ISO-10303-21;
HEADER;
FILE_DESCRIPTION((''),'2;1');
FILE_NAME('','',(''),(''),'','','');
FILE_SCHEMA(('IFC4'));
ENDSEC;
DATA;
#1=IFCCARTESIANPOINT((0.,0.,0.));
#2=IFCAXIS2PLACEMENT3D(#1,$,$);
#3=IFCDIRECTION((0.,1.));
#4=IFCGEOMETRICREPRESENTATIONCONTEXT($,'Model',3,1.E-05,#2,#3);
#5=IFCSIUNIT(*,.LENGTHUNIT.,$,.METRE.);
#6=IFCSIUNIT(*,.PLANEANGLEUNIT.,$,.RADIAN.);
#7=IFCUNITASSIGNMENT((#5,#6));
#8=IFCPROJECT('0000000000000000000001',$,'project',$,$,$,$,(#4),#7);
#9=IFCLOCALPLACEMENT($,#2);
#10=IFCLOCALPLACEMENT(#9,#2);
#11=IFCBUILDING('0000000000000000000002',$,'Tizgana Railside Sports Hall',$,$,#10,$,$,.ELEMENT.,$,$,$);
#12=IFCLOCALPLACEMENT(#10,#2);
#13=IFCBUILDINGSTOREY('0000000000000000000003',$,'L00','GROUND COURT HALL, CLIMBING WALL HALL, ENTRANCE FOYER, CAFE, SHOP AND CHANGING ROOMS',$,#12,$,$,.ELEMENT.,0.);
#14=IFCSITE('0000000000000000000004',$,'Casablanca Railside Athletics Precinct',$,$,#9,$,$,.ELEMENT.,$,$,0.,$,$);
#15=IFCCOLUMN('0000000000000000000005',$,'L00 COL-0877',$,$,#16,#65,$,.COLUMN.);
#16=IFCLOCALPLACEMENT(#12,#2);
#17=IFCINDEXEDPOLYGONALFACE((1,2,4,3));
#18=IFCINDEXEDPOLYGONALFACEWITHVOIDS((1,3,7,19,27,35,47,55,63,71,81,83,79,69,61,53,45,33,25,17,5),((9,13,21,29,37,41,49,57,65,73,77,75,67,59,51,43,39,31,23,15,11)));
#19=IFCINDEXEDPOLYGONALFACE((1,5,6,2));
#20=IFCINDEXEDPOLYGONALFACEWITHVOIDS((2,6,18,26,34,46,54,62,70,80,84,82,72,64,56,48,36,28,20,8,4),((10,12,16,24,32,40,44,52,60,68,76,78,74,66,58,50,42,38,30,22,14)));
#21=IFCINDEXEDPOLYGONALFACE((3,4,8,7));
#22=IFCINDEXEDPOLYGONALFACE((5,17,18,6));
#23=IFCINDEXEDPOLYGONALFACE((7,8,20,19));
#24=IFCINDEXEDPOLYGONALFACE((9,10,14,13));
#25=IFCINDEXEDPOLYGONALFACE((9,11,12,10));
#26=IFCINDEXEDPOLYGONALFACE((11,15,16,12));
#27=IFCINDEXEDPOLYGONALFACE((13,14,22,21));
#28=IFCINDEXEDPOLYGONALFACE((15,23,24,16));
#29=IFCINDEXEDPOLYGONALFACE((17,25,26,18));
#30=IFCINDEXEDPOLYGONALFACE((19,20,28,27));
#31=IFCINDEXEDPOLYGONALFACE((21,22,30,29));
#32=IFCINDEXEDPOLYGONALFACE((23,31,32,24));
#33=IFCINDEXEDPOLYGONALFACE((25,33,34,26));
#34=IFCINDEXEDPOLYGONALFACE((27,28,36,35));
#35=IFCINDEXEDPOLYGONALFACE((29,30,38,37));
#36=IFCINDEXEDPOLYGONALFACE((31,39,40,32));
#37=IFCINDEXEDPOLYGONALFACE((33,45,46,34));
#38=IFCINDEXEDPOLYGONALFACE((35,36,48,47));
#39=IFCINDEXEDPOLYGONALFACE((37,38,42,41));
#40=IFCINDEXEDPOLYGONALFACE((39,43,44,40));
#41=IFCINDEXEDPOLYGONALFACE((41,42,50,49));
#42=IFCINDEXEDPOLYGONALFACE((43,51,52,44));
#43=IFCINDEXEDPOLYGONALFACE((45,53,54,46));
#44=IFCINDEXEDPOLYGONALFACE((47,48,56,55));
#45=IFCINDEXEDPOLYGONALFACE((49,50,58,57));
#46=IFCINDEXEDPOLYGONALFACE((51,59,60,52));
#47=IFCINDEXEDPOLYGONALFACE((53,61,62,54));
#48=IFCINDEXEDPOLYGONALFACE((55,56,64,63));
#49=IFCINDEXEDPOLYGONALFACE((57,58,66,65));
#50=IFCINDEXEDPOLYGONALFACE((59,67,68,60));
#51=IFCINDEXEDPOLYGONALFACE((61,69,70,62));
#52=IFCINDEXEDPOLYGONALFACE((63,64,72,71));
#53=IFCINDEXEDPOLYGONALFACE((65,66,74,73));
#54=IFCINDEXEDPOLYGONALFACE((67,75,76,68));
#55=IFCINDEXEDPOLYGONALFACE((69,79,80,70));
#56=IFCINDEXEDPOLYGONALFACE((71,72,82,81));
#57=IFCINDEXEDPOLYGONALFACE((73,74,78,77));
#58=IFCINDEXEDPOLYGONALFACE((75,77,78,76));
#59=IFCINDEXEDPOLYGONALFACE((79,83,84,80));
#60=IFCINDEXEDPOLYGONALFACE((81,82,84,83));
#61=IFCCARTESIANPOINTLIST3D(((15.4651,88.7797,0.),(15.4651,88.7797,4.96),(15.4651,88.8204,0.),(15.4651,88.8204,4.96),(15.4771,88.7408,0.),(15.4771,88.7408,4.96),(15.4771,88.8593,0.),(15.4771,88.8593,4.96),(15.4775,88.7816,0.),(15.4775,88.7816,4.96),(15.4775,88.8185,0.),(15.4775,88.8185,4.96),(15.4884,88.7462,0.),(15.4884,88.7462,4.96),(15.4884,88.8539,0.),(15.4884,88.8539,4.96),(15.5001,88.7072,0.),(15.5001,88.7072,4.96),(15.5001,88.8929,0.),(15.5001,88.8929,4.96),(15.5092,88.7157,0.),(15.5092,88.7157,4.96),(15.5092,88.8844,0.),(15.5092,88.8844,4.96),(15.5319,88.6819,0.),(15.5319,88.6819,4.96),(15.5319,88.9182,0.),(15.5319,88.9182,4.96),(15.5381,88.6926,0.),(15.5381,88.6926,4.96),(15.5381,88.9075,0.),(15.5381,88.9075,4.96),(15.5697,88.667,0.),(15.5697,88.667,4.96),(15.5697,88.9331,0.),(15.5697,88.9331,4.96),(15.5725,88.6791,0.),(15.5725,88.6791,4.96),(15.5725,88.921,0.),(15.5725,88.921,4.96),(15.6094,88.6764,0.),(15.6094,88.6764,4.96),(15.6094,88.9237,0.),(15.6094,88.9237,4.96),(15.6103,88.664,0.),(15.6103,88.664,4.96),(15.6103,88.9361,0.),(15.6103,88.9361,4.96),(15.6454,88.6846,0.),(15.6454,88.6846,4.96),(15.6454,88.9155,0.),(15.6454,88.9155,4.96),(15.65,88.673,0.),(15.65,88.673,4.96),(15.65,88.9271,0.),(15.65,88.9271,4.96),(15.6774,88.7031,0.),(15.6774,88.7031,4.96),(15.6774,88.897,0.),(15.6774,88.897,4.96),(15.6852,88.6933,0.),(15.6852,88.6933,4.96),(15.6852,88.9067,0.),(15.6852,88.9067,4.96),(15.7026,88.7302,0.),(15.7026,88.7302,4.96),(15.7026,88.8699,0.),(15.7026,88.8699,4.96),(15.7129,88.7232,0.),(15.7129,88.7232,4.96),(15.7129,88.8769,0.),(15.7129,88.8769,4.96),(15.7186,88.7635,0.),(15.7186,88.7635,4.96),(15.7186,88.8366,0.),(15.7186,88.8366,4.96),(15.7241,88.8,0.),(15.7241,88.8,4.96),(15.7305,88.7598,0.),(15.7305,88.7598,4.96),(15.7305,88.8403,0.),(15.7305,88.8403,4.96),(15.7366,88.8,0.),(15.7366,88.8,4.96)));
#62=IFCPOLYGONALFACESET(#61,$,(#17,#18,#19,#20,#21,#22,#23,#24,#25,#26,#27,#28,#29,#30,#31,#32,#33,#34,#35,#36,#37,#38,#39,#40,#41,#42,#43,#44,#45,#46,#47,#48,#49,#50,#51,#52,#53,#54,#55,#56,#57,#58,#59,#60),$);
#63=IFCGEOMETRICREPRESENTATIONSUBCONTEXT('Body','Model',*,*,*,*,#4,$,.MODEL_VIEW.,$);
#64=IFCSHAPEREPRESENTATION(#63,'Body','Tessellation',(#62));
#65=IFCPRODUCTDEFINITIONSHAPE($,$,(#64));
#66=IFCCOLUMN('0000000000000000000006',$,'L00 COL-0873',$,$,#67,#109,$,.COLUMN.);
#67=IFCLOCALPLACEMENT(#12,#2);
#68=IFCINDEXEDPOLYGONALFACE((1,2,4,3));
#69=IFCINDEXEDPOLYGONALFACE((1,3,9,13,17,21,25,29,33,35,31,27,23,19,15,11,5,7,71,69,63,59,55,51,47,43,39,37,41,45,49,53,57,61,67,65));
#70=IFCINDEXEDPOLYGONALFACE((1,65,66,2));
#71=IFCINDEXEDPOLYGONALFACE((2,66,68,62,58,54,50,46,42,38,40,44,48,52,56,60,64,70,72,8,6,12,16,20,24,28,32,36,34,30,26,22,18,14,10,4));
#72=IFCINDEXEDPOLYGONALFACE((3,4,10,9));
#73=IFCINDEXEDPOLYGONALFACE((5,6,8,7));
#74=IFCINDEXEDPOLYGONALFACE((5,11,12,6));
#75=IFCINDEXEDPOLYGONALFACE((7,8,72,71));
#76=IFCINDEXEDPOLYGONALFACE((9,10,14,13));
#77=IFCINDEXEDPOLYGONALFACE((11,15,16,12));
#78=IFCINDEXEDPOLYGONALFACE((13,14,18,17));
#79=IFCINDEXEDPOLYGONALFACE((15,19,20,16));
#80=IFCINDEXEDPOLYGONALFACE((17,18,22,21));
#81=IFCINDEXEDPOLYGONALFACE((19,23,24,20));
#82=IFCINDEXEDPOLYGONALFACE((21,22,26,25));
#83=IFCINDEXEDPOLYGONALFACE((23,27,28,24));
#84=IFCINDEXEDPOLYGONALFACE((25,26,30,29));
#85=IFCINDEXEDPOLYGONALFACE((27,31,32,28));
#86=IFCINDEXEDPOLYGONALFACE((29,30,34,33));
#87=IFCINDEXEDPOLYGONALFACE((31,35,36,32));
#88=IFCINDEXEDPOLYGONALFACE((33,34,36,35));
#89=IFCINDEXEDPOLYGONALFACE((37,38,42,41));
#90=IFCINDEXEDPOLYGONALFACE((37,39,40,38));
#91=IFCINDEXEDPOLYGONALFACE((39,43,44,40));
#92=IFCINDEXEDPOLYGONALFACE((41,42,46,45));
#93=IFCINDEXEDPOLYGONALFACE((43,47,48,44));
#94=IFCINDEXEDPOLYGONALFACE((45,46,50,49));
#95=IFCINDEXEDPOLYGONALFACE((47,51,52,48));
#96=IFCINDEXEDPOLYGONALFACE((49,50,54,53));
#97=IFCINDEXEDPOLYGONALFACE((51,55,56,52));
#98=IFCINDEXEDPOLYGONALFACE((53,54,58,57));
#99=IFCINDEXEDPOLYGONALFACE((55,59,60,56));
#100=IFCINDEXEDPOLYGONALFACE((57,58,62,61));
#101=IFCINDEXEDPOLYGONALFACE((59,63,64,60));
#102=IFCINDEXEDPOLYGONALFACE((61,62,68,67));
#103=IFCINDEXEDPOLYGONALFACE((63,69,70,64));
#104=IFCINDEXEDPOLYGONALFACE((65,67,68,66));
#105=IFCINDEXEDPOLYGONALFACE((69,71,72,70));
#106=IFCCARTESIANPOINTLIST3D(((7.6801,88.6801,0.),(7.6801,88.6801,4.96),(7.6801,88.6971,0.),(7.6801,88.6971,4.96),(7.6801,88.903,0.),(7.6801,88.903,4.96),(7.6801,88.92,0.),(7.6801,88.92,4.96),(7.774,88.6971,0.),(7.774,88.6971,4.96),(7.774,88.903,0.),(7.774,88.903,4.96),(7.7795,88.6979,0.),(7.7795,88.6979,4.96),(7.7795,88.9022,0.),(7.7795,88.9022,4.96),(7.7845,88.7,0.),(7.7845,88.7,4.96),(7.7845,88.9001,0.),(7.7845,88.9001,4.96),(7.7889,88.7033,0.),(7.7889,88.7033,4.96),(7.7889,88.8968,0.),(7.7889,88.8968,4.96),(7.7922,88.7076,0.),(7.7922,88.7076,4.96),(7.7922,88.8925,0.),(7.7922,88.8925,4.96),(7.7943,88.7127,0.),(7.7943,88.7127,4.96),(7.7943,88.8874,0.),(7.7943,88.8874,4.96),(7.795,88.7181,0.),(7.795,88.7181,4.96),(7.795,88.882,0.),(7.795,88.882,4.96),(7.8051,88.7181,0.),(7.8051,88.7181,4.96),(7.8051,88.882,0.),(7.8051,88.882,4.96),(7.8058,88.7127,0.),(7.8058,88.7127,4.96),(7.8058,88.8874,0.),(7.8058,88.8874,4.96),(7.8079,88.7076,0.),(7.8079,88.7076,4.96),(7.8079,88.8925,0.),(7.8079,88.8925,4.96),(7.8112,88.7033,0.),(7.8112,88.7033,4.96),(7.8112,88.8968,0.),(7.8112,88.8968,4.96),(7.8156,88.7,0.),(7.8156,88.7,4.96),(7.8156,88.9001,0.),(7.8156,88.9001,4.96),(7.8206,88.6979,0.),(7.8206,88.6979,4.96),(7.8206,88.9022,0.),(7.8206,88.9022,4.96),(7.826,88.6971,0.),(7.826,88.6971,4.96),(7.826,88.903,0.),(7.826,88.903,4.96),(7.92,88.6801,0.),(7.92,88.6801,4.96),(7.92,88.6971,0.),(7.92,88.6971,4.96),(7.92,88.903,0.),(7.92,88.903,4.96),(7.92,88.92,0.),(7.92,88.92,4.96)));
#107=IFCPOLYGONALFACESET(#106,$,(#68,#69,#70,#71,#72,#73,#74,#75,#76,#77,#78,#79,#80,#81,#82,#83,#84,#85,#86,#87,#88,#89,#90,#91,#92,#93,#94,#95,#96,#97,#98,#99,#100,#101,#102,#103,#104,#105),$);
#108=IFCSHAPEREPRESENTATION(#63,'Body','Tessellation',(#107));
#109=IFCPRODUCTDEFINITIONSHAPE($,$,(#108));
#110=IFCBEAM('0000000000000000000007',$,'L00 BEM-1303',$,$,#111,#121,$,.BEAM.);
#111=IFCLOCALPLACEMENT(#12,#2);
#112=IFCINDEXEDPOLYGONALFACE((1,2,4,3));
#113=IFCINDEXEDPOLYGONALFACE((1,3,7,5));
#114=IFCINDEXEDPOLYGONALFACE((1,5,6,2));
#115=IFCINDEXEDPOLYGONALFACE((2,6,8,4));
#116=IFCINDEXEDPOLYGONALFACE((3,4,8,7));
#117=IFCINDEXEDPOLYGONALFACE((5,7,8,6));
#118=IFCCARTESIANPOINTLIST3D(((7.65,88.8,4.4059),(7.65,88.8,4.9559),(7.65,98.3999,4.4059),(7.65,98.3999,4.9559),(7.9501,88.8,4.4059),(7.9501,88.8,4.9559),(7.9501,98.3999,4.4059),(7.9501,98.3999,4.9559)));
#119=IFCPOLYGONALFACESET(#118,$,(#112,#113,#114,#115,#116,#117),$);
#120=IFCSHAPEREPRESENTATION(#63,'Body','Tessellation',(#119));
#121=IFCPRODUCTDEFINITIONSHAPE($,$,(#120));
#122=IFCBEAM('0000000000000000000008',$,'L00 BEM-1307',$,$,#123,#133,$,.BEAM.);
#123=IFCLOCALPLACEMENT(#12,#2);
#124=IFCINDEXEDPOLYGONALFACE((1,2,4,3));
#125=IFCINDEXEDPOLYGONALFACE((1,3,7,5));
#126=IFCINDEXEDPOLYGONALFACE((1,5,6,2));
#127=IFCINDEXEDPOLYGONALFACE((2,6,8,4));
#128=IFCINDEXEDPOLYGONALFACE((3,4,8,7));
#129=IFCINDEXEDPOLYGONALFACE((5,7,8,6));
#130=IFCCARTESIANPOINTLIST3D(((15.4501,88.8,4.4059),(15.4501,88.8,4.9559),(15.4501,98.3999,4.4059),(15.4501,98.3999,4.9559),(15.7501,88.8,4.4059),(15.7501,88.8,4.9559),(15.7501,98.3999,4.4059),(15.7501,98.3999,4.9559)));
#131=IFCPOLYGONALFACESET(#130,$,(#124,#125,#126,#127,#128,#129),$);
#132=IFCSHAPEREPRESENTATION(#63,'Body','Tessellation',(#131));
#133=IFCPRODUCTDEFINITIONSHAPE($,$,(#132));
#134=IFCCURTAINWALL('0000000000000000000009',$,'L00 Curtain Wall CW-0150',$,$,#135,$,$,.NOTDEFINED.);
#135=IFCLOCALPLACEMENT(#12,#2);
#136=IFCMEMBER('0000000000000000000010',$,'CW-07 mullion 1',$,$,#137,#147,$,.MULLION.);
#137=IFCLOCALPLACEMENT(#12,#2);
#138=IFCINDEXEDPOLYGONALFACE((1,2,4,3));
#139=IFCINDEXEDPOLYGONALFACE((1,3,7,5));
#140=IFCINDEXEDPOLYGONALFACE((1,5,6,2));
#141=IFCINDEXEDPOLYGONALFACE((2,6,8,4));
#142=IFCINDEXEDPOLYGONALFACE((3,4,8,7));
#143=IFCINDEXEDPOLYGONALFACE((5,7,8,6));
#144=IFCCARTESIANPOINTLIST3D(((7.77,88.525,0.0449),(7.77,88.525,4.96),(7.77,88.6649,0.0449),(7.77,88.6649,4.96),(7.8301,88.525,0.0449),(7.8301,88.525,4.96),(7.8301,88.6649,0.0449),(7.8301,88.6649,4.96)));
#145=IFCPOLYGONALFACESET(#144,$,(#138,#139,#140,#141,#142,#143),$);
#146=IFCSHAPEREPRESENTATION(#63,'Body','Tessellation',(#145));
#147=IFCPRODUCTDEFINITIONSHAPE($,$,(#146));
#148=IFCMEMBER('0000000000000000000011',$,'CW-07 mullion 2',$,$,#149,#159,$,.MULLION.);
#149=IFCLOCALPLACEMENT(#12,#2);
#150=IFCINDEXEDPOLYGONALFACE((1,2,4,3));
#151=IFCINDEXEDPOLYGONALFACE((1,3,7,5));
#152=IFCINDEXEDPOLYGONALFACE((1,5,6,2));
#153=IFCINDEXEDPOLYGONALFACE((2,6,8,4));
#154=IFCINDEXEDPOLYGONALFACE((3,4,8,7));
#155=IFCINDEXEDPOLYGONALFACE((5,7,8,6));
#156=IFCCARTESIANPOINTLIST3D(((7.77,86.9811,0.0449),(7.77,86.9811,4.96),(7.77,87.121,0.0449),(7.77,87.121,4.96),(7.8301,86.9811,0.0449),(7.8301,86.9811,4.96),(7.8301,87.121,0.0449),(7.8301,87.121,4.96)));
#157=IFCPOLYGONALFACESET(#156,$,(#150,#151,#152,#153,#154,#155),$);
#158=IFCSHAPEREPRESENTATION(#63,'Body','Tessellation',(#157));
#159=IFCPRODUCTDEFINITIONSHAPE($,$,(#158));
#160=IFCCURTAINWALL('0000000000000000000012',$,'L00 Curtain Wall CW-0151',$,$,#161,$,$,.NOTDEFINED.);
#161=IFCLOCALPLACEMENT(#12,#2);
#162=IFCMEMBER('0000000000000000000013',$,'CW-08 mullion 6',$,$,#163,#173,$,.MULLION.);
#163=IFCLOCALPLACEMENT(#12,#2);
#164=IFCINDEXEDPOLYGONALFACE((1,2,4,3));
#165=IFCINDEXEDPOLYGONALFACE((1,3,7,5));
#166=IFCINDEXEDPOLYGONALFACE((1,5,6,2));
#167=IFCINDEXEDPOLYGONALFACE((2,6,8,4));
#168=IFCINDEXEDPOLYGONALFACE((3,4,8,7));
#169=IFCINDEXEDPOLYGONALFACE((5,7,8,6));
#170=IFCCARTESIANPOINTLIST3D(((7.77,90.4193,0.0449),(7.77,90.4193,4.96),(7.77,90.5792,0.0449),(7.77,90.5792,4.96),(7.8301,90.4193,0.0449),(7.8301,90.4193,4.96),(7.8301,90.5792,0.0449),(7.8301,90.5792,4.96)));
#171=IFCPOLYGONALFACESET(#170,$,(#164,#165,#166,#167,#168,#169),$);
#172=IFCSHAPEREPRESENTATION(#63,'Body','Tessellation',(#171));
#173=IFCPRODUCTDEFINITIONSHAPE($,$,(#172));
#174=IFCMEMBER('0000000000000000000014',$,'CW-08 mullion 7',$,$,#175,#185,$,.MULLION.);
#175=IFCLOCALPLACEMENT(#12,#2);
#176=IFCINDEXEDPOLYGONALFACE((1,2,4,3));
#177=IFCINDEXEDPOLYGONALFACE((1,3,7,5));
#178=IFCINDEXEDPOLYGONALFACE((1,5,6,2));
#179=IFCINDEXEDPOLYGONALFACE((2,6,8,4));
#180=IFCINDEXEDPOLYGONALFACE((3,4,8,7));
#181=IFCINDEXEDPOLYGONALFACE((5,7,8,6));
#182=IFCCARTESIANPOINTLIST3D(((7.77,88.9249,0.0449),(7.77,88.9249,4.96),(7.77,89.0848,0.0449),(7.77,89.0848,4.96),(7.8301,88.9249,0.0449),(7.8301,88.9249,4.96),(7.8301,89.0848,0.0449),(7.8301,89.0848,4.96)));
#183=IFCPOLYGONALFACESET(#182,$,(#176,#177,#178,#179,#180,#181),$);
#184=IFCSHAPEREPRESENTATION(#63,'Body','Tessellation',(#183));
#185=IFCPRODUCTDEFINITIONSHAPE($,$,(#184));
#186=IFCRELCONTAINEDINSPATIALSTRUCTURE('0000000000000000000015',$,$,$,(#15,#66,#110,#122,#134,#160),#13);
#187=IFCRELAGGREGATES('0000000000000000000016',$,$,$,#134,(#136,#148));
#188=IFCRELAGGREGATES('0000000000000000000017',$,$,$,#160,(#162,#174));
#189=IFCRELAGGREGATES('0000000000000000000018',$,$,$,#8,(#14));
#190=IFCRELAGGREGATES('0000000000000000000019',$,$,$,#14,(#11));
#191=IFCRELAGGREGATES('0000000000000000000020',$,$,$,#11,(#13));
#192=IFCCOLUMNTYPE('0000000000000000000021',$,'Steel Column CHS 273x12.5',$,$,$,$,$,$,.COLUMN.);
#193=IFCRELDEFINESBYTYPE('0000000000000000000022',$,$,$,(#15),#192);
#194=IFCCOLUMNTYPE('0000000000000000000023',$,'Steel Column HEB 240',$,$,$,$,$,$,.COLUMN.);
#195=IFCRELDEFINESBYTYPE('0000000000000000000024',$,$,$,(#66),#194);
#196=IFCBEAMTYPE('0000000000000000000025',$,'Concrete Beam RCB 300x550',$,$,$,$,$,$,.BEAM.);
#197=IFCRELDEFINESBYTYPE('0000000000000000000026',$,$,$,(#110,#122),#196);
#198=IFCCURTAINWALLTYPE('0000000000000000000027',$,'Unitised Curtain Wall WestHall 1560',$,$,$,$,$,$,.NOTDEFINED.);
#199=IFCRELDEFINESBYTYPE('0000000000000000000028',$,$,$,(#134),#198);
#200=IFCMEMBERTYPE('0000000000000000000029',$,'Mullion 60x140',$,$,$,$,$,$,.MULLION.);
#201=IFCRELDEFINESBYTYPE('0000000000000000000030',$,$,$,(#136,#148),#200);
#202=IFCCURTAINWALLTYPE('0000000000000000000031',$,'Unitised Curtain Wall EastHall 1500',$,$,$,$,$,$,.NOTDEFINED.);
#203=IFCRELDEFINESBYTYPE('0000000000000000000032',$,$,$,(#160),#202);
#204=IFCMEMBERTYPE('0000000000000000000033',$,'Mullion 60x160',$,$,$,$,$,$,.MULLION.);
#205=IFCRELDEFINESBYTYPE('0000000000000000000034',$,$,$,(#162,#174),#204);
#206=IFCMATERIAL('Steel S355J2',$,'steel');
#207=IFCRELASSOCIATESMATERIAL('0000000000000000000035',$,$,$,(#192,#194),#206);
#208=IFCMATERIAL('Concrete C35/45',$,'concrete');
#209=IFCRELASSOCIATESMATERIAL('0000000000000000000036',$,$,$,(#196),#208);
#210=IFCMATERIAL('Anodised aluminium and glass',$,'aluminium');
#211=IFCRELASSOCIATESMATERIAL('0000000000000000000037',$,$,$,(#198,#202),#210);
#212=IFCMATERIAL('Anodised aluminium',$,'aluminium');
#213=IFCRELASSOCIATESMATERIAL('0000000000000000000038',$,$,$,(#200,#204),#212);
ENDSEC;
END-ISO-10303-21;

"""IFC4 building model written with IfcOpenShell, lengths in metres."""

from ifc_helpers import new_model, si_unit, direction, frame, origin, origin_2d, place, context, subcontext, project, spatial, rectangle, hollow_circle, i_section, extrude, material, material_profile, profile_set, type_object, element, aggregate, save


model = new_model("IFC4")

# Units and contexts
model_context = context("Model", 3, precision=1e-05, world=origin(), true_north=direction((0.0, 1.0)))
body_context = subcontext(model_context, "Body", "Model", "MODEL_VIEW")
ifc_project = project(units=[si_unit("LENGTHUNIT", "METRE"), si_unit("PLANEANGLEUNIT", "RADIAN")], contexts=[model_context])

# Site, building, storey
site_placement = place(None, origin())
site = spatial("IfcSite", under=ifc_project, at=site_placement, Name="Casablanca Railside Athletics Precinct", CompositionType="ELEMENT", RefElevation=0.0)
building_placement = place(site_placement, origin())
building = spatial("IfcBuilding", under=site, at=building_placement, Name="Tizgana Railside Sports Hall", CompositionType="ELEMENT")
storey_placement = place(building_placement, origin())
storey = spatial("IfcBuildingStorey", under=building, at=storey_placement, Name="L00", Description="GROUND COURT HALL, CLIMBING WALL HALL, ENTRANCE FOYER, CAFE, SHOP AND CHANGING ROOMS", CompositionType="ELEMENT", Elevation=0.0)

# Columns
ifc_material_1 = material(Name="Steel S355J2", Category="steel")
ifc_material_profile_1 = material_profile(ifc_material_1, hollow_circle(Radius=0.1365, WallThickness=0.0125, at=origin_2d()), Name="CHS 273x12.5")
ifc_profile_set_1 = profile_set([ifc_material_profile_1], Name="Steel S355J2")
column_type_1 = type_object("IfcColumnType", Name="Steel Column CHS 273x12.5", PredefinedType="COLUMN", material=ifc_profile_set_1)
column_1_placement = place(storey_placement, frame((15.6001, 88.8, 0.0), z_axis=(0.0, 0.0, 1.0), x_axis=(1.0, 0.0, 0.0)))
element("IfcColumn", 1, at=column_1_placement, inside=storey, type_object=column_type_1, Name="L00 COL-0877", PredefinedType="COLUMN", context=body_context, shape_type="SweptSolid", body=[
    extrude(hollow_circle(Radius=0.1365, WallThickness=0.0125, at=origin_2d()), origin(), (0.0, 0.0, 1.0), 4.96),
])
ifc_material_profile_2 = material_profile(ifc_material_1, i_section(OverallWidth=0.24, OverallDepth=0.24, WebThickness=0.01, FlangeThickness=0.0171, FilletRadius=0.021, at=origin_2d()), Name="HEB 240")
ifc_profile_set_2 = profile_set([ifc_material_profile_2], Name="Steel S355J2")
column_type_2 = type_object("IfcColumnType", Name="Steel Column HEB 240", PredefinedType="COLUMN", material=ifc_profile_set_2)
column_2_placement = place(storey_placement, frame((7.8, 88.8, 0.0), z_axis=(0.0, 0.0, 1.0), x_axis=(1.0, 0.0, 0.0)))
element("IfcColumn", 2, at=column_2_placement, inside=storey, type_object=column_type_2, Name="L00 COL-0873", PredefinedType="COLUMN", context=body_context, shape_type="SweptSolid", body=[
    extrude(i_section(OverallWidth=0.24, OverallDepth=0.24, WebThickness=0.01, FlangeThickness=0.0171, FilletRadius=0.021, at=origin_2d()), origin(), (0.0, 0.0, 1.0), 4.96),
])

# Beams
ifc_material_2 = material(Name="Concrete C35/45", Category="concrete")
ifc_material_profile_3 = material_profile(ifc_material_2, rectangle(XDim=0.3, YDim=0.55, at=origin_2d()), Name="RCB 300x550")
ifc_profile_set_3 = profile_set([ifc_material_profile_3], Name="Concrete C35/45")
beam_type_1 = type_object("IfcBeamType", Name="Concrete Beam RCB 300x550", PredefinedType="BEAM", material=ifc_profile_set_3)
for number, where, z_axis, x_axis, name in (
    (3, (7.8, 88.8, 4.6809), (0.0, 1.0, 0.0), (-1.0, 0.0, 0.0), "L00 BEM-1303"),
    (4, (15.6001, 88.8, 4.6809), (0.0, 1.0, 0.0), (-1.0, 0.0, 0.0), "L00 BEM-1307"),
):
    element("IfcBeam", number, at=place(storey_placement, frame(where, z_axis=z_axis, x_axis=x_axis)), inside=storey, type_object=beam_type_1, Name=name, PredefinedType="BEAM", context=body_context, shape_type="SweptSolid", body=[
        extrude(rectangle(XDim=0.3, YDim=0.55, at=origin_2d()), origin(), (0.0, 0.0, 1.0), 9.5999),
    ])

# Curtain walls, members
ifc_material_3 = material(Name="Anodised aluminium and glass", Category="aluminium")
curtain_wall_type_1 = type_object("IfcCurtainWallType", Name="Unitised Curtain Wall WestHall 1560", PredefinedType="NOTDEFINED", material=ifc_material_3)
curtain_wall_1_placement = place(storey_placement, origin())
curtain_wall_1 = element("IfcCurtainWall", 5, at=curtain_wall_1_placement, inside=storey, type_object=curtain_wall_type_1, Name="L00 Curtain Wall CW-0150", PredefinedType="NOTDEFINED")
ifc_material_4 = material(Name="Anodised aluminium", Category="aluminium")
ifc_material_profile_4 = material_profile(ifc_material_4, rectangle(XDim=0.0601, YDim=0.1399, at=origin_2d()), Name="Mullion 60x140")
ifc_profile_set_4 = profile_set([ifc_material_profile_4], Name="Anodised aluminium")
member_type_1 = type_object("IfcMemberType", Name="Mullion 60x140", PredefinedType="MULLION", material=ifc_profile_set_4)
member_1_placement = place(storey_placement, frame((7.8, 88.595, 0.0449), z_axis=(0.0, 0.0, 1.0), x_axis=(1.0, 0.0, 0.0)))
member_1 = element("IfcMember", 6, at=member_1_placement, type_object=member_type_1, Name="CW-07 mullion 1", PredefinedType="MULLION", context=body_context, shape_type="SweptSolid", body=[
    extrude(rectangle(XDim=0.0601, YDim=0.1399, at=origin_2d()), origin(), (0.0, 0.0, 1.0), 4.915),
])
member_2_placement = place(storey_placement, frame((7.8, 87.051, 0.0449), z_axis=(0.0, 0.0, 1.0), x_axis=(1.0, 0.0, 0.0)))
member_2 = element("IfcMember", 7, at=member_2_placement, type_object=member_type_1, Name="CW-07 mullion 2", PredefinedType="MULLION", context=body_context, shape_type="SweptSolid", body=[
    extrude(rectangle(XDim=0.0601, YDim=0.1399, at=origin_2d()), origin(), (0.0, 0.0, 1.0), 4.915),
])
curtain_wall_type_2 = type_object("IfcCurtainWallType", Name="Unitised Curtain Wall EastHall 1500", PredefinedType="NOTDEFINED", material=ifc_material_3)
curtain_wall_2_placement = place(storey_placement, origin())
curtain_wall_2 = element("IfcCurtainWall", 8, at=curtain_wall_2_placement, inside=storey, type_object=curtain_wall_type_2, Name="L00 Curtain Wall CW-0151", PredefinedType="NOTDEFINED")
ifc_material_profile_5 = material_profile(ifc_material_4, rectangle(XDim=0.0601, YDim=0.1599, at=origin_2d()), Name="Mullion 60x160")
ifc_profile_set_5 = profile_set([ifc_material_profile_5], Name="Anodised aluminium")
member_type_2 = type_object("IfcMemberType", Name="Mullion 60x160", PredefinedType="MULLION", material=ifc_profile_set_5)
member_3_placement = place(storey_placement, frame((7.8, 90.4993, 0.0449), z_axis=(0.0, 0.0, 1.0), x_axis=(1.0, 0.0, 0.0)))
member_3 = element("IfcMember", 9, at=member_3_placement, type_object=member_type_2, Name="CW-08 mullion 6", PredefinedType="MULLION", context=body_context, shape_type="SweptSolid", body=[
    extrude(rectangle(XDim=0.0601, YDim=0.1599, at=origin_2d()), origin(), (0.0, 0.0, 1.0), 4.915),
])
member_4_placement = place(storey_placement, frame((7.8, 89.0049, 0.0449), z_axis=(0.0, 0.0, 1.0), x_axis=(1.0, 0.0, 0.0)))
member_4 = element("IfcMember", 10, at=member_4_placement, type_object=member_type_2, Name="CW-08 mullion 7", PredefinedType="MULLION", context=body_context, shape_type="SweptSolid", body=[
    extrude(rectangle(XDim=0.0601, YDim=0.1599, at=origin_2d()), origin(), (0.0, 0.0, 1.0), 4.915),
])

aggregate(curtain_wall_1, [member_1, member_2])
aggregate(curtain_wall_2, [member_3, member_4])

save(model, "model.ifc")
